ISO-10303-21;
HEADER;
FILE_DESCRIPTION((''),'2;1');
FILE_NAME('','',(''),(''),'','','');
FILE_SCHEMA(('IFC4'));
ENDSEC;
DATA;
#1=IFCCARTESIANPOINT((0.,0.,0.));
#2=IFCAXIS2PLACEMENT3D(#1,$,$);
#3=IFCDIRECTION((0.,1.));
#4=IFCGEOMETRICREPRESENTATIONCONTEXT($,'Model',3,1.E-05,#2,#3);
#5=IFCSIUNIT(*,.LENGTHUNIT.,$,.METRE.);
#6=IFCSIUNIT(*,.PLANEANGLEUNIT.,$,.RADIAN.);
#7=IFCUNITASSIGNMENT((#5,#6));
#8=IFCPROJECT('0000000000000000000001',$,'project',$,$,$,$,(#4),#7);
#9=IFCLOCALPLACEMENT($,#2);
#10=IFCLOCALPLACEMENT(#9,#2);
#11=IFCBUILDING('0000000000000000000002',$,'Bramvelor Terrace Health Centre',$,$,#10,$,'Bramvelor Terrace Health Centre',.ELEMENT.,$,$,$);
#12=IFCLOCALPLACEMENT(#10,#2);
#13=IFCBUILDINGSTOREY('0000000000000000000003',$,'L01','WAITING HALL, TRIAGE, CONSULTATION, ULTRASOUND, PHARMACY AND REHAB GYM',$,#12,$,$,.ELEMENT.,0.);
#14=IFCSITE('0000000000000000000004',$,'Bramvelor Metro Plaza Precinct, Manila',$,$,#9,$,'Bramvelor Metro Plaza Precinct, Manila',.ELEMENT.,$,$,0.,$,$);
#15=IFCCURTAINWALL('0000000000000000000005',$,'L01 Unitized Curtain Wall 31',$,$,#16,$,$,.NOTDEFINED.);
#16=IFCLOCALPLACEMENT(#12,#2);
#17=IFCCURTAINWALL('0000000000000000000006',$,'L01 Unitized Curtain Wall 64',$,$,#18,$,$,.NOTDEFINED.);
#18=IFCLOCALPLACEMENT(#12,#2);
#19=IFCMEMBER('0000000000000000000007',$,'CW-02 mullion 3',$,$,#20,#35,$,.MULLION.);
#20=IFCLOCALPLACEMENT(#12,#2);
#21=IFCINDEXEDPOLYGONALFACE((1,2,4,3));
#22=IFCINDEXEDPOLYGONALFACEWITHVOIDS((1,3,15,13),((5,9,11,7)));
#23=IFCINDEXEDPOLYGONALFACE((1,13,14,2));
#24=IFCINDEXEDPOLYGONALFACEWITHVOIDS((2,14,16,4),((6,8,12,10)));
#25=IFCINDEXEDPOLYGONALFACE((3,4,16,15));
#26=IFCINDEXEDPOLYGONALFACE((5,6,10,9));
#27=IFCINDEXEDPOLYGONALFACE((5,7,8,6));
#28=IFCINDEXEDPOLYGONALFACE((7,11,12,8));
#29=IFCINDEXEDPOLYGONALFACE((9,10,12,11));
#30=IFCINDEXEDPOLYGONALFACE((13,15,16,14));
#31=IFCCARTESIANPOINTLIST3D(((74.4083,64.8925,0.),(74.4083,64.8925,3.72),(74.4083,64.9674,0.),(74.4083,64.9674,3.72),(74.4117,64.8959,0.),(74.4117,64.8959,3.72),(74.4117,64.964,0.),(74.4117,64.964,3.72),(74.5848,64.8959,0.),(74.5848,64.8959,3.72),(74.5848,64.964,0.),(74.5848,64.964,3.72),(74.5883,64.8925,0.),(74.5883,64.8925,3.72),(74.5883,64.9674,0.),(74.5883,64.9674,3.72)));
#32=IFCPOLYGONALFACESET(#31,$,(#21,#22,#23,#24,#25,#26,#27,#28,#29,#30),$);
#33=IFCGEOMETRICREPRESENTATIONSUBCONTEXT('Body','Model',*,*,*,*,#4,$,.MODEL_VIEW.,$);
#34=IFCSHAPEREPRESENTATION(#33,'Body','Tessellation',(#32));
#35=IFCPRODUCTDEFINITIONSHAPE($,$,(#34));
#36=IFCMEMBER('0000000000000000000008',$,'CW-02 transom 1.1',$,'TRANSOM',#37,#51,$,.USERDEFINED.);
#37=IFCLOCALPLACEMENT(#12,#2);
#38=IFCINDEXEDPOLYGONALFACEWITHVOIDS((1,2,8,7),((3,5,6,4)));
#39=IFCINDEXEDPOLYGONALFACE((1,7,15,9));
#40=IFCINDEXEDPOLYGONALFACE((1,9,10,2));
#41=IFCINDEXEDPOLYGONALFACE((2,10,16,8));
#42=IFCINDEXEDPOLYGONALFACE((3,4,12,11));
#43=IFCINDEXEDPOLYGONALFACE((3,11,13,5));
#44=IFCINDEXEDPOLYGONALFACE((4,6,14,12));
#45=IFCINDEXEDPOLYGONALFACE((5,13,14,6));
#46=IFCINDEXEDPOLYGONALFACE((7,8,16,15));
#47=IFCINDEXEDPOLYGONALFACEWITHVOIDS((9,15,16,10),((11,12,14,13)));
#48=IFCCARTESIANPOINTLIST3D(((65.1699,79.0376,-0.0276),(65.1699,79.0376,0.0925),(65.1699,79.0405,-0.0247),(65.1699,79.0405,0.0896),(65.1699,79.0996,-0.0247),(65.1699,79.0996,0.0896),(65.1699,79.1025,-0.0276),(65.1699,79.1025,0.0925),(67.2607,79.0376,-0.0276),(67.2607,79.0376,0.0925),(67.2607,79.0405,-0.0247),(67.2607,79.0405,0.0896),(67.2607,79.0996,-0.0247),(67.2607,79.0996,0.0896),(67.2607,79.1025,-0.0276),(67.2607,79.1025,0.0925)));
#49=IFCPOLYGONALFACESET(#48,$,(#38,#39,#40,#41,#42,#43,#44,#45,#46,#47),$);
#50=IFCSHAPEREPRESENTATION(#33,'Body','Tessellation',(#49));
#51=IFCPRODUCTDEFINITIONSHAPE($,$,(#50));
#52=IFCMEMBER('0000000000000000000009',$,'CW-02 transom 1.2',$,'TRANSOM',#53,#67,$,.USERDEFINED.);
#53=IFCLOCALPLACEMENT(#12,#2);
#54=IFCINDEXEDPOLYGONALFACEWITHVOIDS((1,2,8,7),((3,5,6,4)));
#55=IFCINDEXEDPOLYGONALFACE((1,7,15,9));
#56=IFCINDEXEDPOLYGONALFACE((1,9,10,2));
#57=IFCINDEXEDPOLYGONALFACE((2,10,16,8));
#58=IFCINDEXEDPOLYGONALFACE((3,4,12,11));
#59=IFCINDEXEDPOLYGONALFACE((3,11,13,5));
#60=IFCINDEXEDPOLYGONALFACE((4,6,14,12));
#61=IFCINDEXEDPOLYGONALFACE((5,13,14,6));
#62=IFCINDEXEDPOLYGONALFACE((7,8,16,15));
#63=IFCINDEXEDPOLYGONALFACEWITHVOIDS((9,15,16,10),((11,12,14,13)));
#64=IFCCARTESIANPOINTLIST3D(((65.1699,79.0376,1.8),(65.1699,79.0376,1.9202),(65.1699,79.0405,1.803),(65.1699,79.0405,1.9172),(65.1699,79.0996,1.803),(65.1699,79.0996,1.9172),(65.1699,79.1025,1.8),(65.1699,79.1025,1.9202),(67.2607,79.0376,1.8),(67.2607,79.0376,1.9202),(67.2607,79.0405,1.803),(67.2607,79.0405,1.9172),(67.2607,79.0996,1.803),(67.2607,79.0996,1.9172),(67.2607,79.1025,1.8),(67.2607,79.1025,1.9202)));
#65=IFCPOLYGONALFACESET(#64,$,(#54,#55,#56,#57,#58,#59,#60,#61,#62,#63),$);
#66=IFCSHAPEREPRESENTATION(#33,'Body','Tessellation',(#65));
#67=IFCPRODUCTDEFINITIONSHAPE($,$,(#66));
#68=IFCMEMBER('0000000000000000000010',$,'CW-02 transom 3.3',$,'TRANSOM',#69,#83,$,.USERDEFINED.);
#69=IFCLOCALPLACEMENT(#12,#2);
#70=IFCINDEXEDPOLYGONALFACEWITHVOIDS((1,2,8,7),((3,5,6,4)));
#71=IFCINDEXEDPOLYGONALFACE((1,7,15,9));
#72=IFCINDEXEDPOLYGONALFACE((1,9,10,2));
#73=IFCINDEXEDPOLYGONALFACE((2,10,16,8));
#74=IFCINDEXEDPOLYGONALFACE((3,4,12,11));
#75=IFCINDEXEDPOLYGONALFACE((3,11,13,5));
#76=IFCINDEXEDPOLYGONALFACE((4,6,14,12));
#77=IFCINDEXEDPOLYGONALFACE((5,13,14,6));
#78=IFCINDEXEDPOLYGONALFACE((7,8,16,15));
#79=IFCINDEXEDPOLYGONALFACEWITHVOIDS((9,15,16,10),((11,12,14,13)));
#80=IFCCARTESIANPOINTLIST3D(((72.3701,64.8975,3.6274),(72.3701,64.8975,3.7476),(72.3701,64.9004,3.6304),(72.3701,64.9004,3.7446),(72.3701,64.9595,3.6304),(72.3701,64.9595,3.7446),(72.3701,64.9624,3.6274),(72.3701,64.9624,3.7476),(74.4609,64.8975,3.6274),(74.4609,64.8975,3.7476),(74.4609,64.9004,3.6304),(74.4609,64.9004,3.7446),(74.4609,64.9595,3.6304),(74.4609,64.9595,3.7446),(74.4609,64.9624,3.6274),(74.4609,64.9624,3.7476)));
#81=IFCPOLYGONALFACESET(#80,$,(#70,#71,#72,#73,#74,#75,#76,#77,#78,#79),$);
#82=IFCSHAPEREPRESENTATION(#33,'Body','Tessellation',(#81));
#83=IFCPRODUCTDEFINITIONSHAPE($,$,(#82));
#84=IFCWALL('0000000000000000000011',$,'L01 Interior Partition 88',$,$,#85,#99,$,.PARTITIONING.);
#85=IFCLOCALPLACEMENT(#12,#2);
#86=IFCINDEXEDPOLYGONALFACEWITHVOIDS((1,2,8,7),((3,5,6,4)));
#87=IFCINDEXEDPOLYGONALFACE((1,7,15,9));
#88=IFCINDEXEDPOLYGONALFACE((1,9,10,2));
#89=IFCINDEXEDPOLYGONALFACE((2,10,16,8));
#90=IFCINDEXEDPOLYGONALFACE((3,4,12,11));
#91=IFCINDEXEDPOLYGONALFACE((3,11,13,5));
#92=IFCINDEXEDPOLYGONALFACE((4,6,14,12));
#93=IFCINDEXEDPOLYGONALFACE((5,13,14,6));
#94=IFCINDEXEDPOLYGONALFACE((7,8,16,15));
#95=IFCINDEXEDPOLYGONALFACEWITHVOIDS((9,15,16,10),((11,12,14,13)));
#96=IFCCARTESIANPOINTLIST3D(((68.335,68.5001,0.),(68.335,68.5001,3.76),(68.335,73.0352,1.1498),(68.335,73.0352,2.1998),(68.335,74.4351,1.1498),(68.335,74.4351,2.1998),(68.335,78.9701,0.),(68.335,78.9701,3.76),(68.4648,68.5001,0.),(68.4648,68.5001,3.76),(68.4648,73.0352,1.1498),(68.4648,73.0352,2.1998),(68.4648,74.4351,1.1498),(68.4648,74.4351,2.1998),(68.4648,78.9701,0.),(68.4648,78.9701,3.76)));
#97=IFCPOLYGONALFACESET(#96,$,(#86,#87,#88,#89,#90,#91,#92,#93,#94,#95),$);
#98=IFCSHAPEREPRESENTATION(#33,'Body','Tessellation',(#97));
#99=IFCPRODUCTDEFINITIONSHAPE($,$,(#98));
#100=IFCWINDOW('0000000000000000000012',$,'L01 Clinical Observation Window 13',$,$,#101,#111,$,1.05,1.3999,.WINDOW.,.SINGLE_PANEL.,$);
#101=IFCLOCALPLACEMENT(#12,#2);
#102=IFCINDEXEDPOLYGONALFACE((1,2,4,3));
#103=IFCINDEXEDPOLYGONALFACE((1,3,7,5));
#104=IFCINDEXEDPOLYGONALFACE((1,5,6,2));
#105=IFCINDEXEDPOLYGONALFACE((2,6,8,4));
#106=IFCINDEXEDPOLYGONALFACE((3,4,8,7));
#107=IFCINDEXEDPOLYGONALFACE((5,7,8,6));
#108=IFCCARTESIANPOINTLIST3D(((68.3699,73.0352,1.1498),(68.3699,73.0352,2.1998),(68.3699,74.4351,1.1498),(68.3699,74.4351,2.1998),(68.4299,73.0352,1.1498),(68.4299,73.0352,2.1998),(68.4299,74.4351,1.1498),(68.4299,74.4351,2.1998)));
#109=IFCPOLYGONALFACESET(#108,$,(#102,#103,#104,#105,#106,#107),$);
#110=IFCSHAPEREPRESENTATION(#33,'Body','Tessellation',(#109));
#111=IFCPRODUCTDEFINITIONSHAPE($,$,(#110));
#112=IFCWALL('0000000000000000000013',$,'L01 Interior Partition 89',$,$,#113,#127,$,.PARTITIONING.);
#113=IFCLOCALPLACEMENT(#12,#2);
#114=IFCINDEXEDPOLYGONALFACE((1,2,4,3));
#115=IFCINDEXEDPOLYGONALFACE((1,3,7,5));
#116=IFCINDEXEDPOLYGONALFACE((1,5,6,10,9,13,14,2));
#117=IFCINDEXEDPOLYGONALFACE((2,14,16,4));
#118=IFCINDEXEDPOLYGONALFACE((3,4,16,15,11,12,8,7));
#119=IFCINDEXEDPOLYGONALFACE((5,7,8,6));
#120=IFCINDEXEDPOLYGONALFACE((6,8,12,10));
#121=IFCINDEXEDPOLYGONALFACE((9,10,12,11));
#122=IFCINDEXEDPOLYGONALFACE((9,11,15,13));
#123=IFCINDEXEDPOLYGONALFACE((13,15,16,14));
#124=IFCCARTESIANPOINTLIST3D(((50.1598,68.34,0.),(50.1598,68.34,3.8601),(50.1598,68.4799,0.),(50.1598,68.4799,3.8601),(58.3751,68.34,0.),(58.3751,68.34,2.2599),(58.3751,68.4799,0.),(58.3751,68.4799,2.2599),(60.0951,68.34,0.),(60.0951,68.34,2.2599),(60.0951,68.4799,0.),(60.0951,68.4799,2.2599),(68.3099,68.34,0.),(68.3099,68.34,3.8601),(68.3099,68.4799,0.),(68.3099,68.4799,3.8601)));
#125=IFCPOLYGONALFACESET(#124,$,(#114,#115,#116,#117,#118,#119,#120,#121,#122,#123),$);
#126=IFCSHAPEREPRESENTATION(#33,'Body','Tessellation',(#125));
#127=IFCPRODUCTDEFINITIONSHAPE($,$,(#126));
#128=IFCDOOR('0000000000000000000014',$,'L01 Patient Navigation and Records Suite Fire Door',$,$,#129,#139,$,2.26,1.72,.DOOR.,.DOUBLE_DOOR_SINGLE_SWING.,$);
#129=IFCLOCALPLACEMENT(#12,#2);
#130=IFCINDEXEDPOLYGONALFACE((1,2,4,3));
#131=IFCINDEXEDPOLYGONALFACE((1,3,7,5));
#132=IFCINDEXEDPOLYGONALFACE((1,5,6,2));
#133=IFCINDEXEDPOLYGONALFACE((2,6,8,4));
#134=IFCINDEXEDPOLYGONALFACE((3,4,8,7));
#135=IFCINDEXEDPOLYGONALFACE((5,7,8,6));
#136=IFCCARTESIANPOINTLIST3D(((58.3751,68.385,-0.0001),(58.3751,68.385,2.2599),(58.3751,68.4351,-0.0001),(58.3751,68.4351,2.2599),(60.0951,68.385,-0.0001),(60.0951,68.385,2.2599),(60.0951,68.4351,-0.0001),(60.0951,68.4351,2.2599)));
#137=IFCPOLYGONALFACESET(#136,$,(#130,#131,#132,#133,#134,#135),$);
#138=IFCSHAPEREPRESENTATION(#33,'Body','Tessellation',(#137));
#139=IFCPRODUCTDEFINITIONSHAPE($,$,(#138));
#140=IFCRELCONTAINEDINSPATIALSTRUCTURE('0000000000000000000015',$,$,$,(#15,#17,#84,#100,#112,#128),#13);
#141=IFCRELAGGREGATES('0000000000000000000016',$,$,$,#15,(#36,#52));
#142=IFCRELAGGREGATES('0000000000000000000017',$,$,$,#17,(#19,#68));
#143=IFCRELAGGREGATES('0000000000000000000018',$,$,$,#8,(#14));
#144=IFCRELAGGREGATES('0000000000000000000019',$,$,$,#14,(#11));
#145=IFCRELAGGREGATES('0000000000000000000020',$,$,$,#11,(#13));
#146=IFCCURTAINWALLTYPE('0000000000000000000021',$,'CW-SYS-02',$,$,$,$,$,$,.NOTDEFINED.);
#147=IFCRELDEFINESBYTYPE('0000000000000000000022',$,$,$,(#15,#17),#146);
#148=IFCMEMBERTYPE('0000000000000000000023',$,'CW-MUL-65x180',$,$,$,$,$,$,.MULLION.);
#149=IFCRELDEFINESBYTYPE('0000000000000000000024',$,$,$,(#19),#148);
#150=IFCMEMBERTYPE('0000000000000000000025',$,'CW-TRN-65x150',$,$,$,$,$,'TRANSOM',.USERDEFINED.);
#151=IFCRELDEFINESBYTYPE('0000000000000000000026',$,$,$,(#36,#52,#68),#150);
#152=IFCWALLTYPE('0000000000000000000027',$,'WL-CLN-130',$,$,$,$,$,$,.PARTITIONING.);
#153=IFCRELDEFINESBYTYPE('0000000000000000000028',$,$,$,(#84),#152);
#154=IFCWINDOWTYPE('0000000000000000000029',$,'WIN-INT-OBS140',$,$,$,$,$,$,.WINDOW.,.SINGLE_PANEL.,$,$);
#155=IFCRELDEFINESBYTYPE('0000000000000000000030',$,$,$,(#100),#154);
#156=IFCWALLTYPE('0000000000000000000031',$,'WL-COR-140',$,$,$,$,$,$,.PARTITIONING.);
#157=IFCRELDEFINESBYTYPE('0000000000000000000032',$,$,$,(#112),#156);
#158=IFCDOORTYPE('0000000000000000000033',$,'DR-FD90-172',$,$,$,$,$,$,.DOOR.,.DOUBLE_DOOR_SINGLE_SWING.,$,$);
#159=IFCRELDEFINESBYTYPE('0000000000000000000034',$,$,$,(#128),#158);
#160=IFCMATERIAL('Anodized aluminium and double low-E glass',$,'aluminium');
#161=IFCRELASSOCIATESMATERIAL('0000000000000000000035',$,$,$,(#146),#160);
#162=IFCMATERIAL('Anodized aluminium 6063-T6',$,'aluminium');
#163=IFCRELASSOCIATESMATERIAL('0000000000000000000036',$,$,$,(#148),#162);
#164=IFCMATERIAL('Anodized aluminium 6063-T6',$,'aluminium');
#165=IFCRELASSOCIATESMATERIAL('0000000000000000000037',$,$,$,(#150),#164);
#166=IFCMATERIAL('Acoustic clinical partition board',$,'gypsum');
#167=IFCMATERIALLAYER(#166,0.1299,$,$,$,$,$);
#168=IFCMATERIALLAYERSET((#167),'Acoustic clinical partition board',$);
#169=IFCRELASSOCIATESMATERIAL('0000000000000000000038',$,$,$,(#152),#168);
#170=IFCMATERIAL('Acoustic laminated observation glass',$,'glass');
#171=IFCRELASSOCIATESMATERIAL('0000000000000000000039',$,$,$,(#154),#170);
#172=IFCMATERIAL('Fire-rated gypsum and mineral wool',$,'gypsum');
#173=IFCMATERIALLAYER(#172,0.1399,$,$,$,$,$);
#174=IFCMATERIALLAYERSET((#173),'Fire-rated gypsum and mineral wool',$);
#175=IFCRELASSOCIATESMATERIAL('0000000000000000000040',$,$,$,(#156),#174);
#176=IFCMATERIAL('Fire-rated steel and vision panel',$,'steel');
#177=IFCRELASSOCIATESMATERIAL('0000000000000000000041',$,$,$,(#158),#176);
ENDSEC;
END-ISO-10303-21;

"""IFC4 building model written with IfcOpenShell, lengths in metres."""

from ifc_helpers import new_model, si_unit, direction, frame, frame_2d, origin, origin_2d, place, context, subcontext, project, spatial, rectangle, hollow_rectangle, extrude, material, layer, layer_set, material_profile, profile_set, type_object, element, fill, aggregate, save


model = new_model("IFC4")

# Units and contexts
model_context = context("Model", 3, precision=1e-05, world=origin(), true_north=direction((0.0, 1.0)))
body_context = subcontext(model_context, "Body", "Model", "MODEL_VIEW")
ifc_project = project(units=[si_unit("LENGTHUNIT", "METRE"), si_unit("PLANEANGLEUNIT", "RADIAN")], contexts=[model_context])

# Site, building, storey
site_placement = place(None, origin())
site = spatial("IfcSite", under=ifc_project, at=site_placement, Name="Bramvelor Metro Plaza Precinct, Manila", LongName="Bramvelor Metro Plaza Precinct, Manila", CompositionType="ELEMENT", RefElevation=0.0)
building_placement = place(site_placement, origin())
building = spatial("IfcBuilding", under=site, at=building_placement, Name="Bramvelor Terrace Health Centre", LongName="Bramvelor Terrace Health Centre", CompositionType="ELEMENT")
storey_placement = place(building_placement, origin())
storey = spatial("IfcBuildingStorey", under=building, at=storey_placement, Name="L01", Description="WAITING HALL, TRIAGE, CONSULTATION, ULTRASOUND, PHARMACY AND REHAB GYM", CompositionType="ELEMENT", Elevation=0.0)

# Curtain walls, member
ifc_material_1 = material(Name="Anodized aluminium and double low-E glass", Category="aluminium")
curtain_wall_type = type_object("IfcCurtainWallType", Name="CW-SYS-02", PredefinedType="NOTDEFINED", material=ifc_material_1)
ifc_material_2 = material(Name="Anodized aluminium 6063-T6", Category="aluminium")
ifc_material_profile_1 = material_profile(ifc_material_2, hollow_rectangle(XDim=0.075, YDim=0.1799, WallThickness=0.0034, at=origin_2d()), Name="ALU-MUL 75x180x3.5")
ifc_profile_set_1 = profile_set([ifc_material_profile_1], Name="Anodized aluminium 6063-T6")
member_type_1 = type_object("IfcMemberType", Name="CW-MUL-65x180", PredefinedType="MULLION", material=ifc_profile_set_1)
curtain_wall_1_placement = place(storey_placement, origin())
curtain_wall_1 = element("IfcCurtainWall", 1, at=curtain_wall_1_placement, inside=storey, type_object=curtain_wall_type, Name="L01 Unitized Curtain Wall 31", PredefinedType="NOTDEFINED")
curtain_wall_2_placement = place(storey_placement, origin())
curtain_wall_2 = element("IfcCurtainWall", 2, at=curtain_wall_2_placement, inside=storey, type_object=curtain_wall_type, Name="L01 Unitized Curtain Wall 64", PredefinedType="NOTDEFINED")
member_1_placement = place(storey_placement, frame((74.4983, 64.9299, 0.0), z_axis=(0.0, 0.0, 1.0), x_axis=(0.0, -1.0, 0.0)))
member_1 = element("IfcMember", 3, at=member_1_placement, type_object=member_type_1, Name="CW-02 mullion 3", PredefinedType="MULLION", context=body_context, shape_type="SweptSolid", body=[
    extrude(hollow_rectangle(XDim=0.075, YDim=0.1799, WallThickness=0.0034, at=origin_2d()), origin(), (0.0, 0.0, 1.0), 3.72),
])

# Members
ifc_material_3 = material(Name="Anodized aluminium 6063-T6", Category="aluminium")
ifc_material_profile_2 = material_profile(ifc_material_3, hollow_rectangle(XDim=0.0649, YDim=0.1201, WallThickness=0.0029, at=origin_2d()), Name="ALU-TRN 65x120x3.0")
ifc_profile_set_2 = profile_set([ifc_material_profile_2], Name="Anodized aluminium 6063-T6")
member_type_2 = type_object("IfcMemberType", Name="CW-TRN-65x150", ElementType="TRANSOM", PredefinedType="USERDEFINED", material=ifc_profile_set_2)
member_2_placement = place(storey_placement, frame((65.1699, 79.0701, 0.0325), z_axis=(1.0, 0.0, 0.0), x_axis=(0.0, 1.0, 0.0)))
member_2 = element("IfcMember", 4, at=member_2_placement, type_object=member_type_2, Name="CW-02 transom 1.1", ObjectType="TRANSOM", PredefinedType="USERDEFINED", context=body_context, shape_type="SweptSolid", body=[
    extrude(hollow_rectangle(XDim=0.0649, YDim=0.1201, WallThickness=0.0029, at=origin_2d()), origin(), (0.0, 0.0, 1.0), 2.0908),
])
member_3_placement = place(storey_placement, frame((65.1699, 79.0701, 1.8601), z_axis=(1.0, 0.0, 0.0), x_axis=(0.0, 1.0, 0.0)))
member_3 = element("IfcMember", 5, at=member_3_placement, type_object=member_type_2, Name="CW-02 transom 1.2", ObjectType="TRANSOM", PredefinedType="USERDEFINED", context=body_context, shape_type="SweptSolid", body=[
    extrude(hollow_rectangle(XDim=0.0649, YDim=0.1201, WallThickness=0.0029, at=origin_2d()), origin(), (0.0, 0.0, 1.0), 2.0908),
])
aggregate(curtain_wall_1, [member_2, member_3])
member_4_placement = place(storey_placement, frame((74.4609, 64.9299, 3.6875), z_axis=(-1.0, 0.0, 0.0), x_axis=(0.0, -1.0, 0.0)))
member_4 = element("IfcMember", 6, at=member_4_placement, type_object=member_type_2, Name="CW-02 transom 3.3", ObjectType="TRANSOM", PredefinedType="USERDEFINED", context=body_context, shape_type="SweptSolid", body=[
    extrude(hollow_rectangle(XDim=0.0649, YDim=0.1201, WallThickness=0.0029, at=origin_2d()), origin(), (0.0, 0.0, 1.0), 2.0908),
])
aggregate(curtain_wall_2, [member_1, member_4])

# Wall, opening, window
ifc_material_4 = material(Name="Acoustic clinical partition board", Category="gypsum")
ifc_layer_1 = layer(ifc_material_4, 0.1299)
ifc_layer_set_1 = layer_set([ifc_layer_1], Name="Acoustic clinical partition board")
wall_type_1 = type_object("IfcWallType", Name="WL-CLN-130", PredefinedType="PARTITIONING", material=ifc_layer_set_1)
wall_1_placement = place(storey_placement, frame((68.3999, 78.97, 0.0), z_axis=(0.0, 0.0, 1.0), x_axis=(0.0, -1.0, 0.0)))
wall_1 = element("IfcWall", 7, at=wall_1_placement, inside=storey, type_object=wall_type_1, Name="L01 Interior Partition 88", PredefinedType="PARTITIONING", context=body_context, shape_type="SweptSolid", body=[
    extrude(rectangle(XDim=10.47, YDim=0.1299, at=frame_2d((5.2349, 0.0))), origin(), (0.0, 0.0, 1.0), 3.76),
])
opening_1_placement = place(wall_1_placement, frame((4.5349, 0.0, 1.1499)))
opening_1 = element("IfcOpeningElement", 8, at=opening_1_placement, cuts=wall_1, PredefinedType="OPENING", context=body_context, shape_type="SweptSolid", body=[
    extrude(rectangle(XDim=1.3999, YDim=1.05, at=frame_2d((0.7, 0.5249))), frame((0.0, 0.075, 0.0), z_axis=(0.0, -1.0, 0.0), x_axis=(1.0, 0.0, 0.0)), (0.0, 0.0, 1.0), 0.1499),
])
ifc_material_5 = material(Name="Acoustic laminated observation glass", Category="glass")
window_type = type_object("IfcWindowType", Name="WIN-INT-OBS140", PartitioningType="SINGLE_PANEL", PredefinedType="WINDOW", material=ifc_material_5)
window_placement = place(opening_1_placement, origin())
window = element("IfcWindow", 9, at=window_placement, inside=storey, type_object=window_type, Name="L01 Clinical Observation Window 13", OverallHeight=1.05, OverallWidth=1.3999, PartitioningType="SINGLE_PANEL", PredefinedType="WINDOW", context=body_context, shape_type="SweptSolid", body=[
    extrude(rectangle(XDim=1.3999, YDim=1.05, at=frame_2d((0.7, 0.5249))), frame((0.0, 0.03, 0.0), z_axis=(0.0, -1.0, 0.0), x_axis=(1.0, 0.0, 0.0)), (0.0, 0.0, 1.0), 0.0601),
])
fill(opening_1, window)

# Wall, opening, door
ifc_material_6 = material(Name="Fire-rated gypsum and mineral wool", Category="gypsum")
ifc_layer_2 = layer(ifc_material_6, 0.1399)
ifc_layer_set_2 = layer_set([ifc_layer_2], Name="Fire-rated gypsum and mineral wool")
wall_type_2 = type_object("IfcWallType", Name="WL-COR-140", PredefinedType="PARTITIONING", material=ifc_layer_set_2)
wall_2_placement = place(storey_placement, frame((68.3101, 68.4099, 0.0), z_axis=(0.0, 0.0, 1.0), x_axis=(-1.0, 0.0, 0.0)))
wall_2 = element("IfcWall", 10, at=wall_2_placement, inside=storey, type_object=wall_type_2, Name="L01 Interior Partition 89", PredefinedType="PARTITIONING", context=body_context, shape_type="SweptSolid", body=[
    extrude(rectangle(XDim=18.1501, YDim=0.1399, at=frame_2d((9.0752, 0.0))), origin(), (0.0, 0.0, 1.0), 3.8601),
])
opening_2_placement = place(wall_2_placement, frame((8.2151, 0.0, 0.0)))
opening_2 = element("IfcOpeningElement", 11, at=opening_2_placement, cuts=wall_2, PredefinedType="OPENING", context=body_context, shape_type="SweptSolid", body=[
    extrude(rectangle(XDim=1.72, YDim=2.26, at=frame_2d((0.8599, 1.1299))), frame((0.0, 0.0798, 0.0), z_axis=(0.0, -1.0, 0.0), x_axis=(1.0, 0.0, 0.0)), (0.0, 0.0, 1.0), 0.1599),
])
ifc_material_7 = material(Name="Fire-rated steel and vision panel", Category="steel")
door_type = type_object("IfcDoorType", Name="DR-FD90-172", OperationType="DOUBLE_DOOR_SINGLE_SWING", PredefinedType="DOOR", material=ifc_material_7)
door_placement = place(opening_2_placement, origin())
door = element("IfcDoor", 12, at=door_placement, inside=storey, type_object=door_type, Name="L01 Patient Navigation and Records Suite Fire Door", OperationType="DOUBLE_DOOR_SINGLE_SWING", OverallHeight=2.26, OverallWidth=1.72, PredefinedType="DOOR", context=body_context, shape_type="SweptSolid", body=[
    extrude(rectangle(XDim=1.72, YDim=2.26, at=frame_2d((0.8599, 1.1299))), frame((0.0, 0.0249, 0.0), z_axis=(0.0, -1.0, 0.0), x_axis=(1.0, 0.0, 0.0)), (0.0, 0.0, 1.0), 0.05),
])
fill(opening_2, door)

save(model, "model.ifc")
